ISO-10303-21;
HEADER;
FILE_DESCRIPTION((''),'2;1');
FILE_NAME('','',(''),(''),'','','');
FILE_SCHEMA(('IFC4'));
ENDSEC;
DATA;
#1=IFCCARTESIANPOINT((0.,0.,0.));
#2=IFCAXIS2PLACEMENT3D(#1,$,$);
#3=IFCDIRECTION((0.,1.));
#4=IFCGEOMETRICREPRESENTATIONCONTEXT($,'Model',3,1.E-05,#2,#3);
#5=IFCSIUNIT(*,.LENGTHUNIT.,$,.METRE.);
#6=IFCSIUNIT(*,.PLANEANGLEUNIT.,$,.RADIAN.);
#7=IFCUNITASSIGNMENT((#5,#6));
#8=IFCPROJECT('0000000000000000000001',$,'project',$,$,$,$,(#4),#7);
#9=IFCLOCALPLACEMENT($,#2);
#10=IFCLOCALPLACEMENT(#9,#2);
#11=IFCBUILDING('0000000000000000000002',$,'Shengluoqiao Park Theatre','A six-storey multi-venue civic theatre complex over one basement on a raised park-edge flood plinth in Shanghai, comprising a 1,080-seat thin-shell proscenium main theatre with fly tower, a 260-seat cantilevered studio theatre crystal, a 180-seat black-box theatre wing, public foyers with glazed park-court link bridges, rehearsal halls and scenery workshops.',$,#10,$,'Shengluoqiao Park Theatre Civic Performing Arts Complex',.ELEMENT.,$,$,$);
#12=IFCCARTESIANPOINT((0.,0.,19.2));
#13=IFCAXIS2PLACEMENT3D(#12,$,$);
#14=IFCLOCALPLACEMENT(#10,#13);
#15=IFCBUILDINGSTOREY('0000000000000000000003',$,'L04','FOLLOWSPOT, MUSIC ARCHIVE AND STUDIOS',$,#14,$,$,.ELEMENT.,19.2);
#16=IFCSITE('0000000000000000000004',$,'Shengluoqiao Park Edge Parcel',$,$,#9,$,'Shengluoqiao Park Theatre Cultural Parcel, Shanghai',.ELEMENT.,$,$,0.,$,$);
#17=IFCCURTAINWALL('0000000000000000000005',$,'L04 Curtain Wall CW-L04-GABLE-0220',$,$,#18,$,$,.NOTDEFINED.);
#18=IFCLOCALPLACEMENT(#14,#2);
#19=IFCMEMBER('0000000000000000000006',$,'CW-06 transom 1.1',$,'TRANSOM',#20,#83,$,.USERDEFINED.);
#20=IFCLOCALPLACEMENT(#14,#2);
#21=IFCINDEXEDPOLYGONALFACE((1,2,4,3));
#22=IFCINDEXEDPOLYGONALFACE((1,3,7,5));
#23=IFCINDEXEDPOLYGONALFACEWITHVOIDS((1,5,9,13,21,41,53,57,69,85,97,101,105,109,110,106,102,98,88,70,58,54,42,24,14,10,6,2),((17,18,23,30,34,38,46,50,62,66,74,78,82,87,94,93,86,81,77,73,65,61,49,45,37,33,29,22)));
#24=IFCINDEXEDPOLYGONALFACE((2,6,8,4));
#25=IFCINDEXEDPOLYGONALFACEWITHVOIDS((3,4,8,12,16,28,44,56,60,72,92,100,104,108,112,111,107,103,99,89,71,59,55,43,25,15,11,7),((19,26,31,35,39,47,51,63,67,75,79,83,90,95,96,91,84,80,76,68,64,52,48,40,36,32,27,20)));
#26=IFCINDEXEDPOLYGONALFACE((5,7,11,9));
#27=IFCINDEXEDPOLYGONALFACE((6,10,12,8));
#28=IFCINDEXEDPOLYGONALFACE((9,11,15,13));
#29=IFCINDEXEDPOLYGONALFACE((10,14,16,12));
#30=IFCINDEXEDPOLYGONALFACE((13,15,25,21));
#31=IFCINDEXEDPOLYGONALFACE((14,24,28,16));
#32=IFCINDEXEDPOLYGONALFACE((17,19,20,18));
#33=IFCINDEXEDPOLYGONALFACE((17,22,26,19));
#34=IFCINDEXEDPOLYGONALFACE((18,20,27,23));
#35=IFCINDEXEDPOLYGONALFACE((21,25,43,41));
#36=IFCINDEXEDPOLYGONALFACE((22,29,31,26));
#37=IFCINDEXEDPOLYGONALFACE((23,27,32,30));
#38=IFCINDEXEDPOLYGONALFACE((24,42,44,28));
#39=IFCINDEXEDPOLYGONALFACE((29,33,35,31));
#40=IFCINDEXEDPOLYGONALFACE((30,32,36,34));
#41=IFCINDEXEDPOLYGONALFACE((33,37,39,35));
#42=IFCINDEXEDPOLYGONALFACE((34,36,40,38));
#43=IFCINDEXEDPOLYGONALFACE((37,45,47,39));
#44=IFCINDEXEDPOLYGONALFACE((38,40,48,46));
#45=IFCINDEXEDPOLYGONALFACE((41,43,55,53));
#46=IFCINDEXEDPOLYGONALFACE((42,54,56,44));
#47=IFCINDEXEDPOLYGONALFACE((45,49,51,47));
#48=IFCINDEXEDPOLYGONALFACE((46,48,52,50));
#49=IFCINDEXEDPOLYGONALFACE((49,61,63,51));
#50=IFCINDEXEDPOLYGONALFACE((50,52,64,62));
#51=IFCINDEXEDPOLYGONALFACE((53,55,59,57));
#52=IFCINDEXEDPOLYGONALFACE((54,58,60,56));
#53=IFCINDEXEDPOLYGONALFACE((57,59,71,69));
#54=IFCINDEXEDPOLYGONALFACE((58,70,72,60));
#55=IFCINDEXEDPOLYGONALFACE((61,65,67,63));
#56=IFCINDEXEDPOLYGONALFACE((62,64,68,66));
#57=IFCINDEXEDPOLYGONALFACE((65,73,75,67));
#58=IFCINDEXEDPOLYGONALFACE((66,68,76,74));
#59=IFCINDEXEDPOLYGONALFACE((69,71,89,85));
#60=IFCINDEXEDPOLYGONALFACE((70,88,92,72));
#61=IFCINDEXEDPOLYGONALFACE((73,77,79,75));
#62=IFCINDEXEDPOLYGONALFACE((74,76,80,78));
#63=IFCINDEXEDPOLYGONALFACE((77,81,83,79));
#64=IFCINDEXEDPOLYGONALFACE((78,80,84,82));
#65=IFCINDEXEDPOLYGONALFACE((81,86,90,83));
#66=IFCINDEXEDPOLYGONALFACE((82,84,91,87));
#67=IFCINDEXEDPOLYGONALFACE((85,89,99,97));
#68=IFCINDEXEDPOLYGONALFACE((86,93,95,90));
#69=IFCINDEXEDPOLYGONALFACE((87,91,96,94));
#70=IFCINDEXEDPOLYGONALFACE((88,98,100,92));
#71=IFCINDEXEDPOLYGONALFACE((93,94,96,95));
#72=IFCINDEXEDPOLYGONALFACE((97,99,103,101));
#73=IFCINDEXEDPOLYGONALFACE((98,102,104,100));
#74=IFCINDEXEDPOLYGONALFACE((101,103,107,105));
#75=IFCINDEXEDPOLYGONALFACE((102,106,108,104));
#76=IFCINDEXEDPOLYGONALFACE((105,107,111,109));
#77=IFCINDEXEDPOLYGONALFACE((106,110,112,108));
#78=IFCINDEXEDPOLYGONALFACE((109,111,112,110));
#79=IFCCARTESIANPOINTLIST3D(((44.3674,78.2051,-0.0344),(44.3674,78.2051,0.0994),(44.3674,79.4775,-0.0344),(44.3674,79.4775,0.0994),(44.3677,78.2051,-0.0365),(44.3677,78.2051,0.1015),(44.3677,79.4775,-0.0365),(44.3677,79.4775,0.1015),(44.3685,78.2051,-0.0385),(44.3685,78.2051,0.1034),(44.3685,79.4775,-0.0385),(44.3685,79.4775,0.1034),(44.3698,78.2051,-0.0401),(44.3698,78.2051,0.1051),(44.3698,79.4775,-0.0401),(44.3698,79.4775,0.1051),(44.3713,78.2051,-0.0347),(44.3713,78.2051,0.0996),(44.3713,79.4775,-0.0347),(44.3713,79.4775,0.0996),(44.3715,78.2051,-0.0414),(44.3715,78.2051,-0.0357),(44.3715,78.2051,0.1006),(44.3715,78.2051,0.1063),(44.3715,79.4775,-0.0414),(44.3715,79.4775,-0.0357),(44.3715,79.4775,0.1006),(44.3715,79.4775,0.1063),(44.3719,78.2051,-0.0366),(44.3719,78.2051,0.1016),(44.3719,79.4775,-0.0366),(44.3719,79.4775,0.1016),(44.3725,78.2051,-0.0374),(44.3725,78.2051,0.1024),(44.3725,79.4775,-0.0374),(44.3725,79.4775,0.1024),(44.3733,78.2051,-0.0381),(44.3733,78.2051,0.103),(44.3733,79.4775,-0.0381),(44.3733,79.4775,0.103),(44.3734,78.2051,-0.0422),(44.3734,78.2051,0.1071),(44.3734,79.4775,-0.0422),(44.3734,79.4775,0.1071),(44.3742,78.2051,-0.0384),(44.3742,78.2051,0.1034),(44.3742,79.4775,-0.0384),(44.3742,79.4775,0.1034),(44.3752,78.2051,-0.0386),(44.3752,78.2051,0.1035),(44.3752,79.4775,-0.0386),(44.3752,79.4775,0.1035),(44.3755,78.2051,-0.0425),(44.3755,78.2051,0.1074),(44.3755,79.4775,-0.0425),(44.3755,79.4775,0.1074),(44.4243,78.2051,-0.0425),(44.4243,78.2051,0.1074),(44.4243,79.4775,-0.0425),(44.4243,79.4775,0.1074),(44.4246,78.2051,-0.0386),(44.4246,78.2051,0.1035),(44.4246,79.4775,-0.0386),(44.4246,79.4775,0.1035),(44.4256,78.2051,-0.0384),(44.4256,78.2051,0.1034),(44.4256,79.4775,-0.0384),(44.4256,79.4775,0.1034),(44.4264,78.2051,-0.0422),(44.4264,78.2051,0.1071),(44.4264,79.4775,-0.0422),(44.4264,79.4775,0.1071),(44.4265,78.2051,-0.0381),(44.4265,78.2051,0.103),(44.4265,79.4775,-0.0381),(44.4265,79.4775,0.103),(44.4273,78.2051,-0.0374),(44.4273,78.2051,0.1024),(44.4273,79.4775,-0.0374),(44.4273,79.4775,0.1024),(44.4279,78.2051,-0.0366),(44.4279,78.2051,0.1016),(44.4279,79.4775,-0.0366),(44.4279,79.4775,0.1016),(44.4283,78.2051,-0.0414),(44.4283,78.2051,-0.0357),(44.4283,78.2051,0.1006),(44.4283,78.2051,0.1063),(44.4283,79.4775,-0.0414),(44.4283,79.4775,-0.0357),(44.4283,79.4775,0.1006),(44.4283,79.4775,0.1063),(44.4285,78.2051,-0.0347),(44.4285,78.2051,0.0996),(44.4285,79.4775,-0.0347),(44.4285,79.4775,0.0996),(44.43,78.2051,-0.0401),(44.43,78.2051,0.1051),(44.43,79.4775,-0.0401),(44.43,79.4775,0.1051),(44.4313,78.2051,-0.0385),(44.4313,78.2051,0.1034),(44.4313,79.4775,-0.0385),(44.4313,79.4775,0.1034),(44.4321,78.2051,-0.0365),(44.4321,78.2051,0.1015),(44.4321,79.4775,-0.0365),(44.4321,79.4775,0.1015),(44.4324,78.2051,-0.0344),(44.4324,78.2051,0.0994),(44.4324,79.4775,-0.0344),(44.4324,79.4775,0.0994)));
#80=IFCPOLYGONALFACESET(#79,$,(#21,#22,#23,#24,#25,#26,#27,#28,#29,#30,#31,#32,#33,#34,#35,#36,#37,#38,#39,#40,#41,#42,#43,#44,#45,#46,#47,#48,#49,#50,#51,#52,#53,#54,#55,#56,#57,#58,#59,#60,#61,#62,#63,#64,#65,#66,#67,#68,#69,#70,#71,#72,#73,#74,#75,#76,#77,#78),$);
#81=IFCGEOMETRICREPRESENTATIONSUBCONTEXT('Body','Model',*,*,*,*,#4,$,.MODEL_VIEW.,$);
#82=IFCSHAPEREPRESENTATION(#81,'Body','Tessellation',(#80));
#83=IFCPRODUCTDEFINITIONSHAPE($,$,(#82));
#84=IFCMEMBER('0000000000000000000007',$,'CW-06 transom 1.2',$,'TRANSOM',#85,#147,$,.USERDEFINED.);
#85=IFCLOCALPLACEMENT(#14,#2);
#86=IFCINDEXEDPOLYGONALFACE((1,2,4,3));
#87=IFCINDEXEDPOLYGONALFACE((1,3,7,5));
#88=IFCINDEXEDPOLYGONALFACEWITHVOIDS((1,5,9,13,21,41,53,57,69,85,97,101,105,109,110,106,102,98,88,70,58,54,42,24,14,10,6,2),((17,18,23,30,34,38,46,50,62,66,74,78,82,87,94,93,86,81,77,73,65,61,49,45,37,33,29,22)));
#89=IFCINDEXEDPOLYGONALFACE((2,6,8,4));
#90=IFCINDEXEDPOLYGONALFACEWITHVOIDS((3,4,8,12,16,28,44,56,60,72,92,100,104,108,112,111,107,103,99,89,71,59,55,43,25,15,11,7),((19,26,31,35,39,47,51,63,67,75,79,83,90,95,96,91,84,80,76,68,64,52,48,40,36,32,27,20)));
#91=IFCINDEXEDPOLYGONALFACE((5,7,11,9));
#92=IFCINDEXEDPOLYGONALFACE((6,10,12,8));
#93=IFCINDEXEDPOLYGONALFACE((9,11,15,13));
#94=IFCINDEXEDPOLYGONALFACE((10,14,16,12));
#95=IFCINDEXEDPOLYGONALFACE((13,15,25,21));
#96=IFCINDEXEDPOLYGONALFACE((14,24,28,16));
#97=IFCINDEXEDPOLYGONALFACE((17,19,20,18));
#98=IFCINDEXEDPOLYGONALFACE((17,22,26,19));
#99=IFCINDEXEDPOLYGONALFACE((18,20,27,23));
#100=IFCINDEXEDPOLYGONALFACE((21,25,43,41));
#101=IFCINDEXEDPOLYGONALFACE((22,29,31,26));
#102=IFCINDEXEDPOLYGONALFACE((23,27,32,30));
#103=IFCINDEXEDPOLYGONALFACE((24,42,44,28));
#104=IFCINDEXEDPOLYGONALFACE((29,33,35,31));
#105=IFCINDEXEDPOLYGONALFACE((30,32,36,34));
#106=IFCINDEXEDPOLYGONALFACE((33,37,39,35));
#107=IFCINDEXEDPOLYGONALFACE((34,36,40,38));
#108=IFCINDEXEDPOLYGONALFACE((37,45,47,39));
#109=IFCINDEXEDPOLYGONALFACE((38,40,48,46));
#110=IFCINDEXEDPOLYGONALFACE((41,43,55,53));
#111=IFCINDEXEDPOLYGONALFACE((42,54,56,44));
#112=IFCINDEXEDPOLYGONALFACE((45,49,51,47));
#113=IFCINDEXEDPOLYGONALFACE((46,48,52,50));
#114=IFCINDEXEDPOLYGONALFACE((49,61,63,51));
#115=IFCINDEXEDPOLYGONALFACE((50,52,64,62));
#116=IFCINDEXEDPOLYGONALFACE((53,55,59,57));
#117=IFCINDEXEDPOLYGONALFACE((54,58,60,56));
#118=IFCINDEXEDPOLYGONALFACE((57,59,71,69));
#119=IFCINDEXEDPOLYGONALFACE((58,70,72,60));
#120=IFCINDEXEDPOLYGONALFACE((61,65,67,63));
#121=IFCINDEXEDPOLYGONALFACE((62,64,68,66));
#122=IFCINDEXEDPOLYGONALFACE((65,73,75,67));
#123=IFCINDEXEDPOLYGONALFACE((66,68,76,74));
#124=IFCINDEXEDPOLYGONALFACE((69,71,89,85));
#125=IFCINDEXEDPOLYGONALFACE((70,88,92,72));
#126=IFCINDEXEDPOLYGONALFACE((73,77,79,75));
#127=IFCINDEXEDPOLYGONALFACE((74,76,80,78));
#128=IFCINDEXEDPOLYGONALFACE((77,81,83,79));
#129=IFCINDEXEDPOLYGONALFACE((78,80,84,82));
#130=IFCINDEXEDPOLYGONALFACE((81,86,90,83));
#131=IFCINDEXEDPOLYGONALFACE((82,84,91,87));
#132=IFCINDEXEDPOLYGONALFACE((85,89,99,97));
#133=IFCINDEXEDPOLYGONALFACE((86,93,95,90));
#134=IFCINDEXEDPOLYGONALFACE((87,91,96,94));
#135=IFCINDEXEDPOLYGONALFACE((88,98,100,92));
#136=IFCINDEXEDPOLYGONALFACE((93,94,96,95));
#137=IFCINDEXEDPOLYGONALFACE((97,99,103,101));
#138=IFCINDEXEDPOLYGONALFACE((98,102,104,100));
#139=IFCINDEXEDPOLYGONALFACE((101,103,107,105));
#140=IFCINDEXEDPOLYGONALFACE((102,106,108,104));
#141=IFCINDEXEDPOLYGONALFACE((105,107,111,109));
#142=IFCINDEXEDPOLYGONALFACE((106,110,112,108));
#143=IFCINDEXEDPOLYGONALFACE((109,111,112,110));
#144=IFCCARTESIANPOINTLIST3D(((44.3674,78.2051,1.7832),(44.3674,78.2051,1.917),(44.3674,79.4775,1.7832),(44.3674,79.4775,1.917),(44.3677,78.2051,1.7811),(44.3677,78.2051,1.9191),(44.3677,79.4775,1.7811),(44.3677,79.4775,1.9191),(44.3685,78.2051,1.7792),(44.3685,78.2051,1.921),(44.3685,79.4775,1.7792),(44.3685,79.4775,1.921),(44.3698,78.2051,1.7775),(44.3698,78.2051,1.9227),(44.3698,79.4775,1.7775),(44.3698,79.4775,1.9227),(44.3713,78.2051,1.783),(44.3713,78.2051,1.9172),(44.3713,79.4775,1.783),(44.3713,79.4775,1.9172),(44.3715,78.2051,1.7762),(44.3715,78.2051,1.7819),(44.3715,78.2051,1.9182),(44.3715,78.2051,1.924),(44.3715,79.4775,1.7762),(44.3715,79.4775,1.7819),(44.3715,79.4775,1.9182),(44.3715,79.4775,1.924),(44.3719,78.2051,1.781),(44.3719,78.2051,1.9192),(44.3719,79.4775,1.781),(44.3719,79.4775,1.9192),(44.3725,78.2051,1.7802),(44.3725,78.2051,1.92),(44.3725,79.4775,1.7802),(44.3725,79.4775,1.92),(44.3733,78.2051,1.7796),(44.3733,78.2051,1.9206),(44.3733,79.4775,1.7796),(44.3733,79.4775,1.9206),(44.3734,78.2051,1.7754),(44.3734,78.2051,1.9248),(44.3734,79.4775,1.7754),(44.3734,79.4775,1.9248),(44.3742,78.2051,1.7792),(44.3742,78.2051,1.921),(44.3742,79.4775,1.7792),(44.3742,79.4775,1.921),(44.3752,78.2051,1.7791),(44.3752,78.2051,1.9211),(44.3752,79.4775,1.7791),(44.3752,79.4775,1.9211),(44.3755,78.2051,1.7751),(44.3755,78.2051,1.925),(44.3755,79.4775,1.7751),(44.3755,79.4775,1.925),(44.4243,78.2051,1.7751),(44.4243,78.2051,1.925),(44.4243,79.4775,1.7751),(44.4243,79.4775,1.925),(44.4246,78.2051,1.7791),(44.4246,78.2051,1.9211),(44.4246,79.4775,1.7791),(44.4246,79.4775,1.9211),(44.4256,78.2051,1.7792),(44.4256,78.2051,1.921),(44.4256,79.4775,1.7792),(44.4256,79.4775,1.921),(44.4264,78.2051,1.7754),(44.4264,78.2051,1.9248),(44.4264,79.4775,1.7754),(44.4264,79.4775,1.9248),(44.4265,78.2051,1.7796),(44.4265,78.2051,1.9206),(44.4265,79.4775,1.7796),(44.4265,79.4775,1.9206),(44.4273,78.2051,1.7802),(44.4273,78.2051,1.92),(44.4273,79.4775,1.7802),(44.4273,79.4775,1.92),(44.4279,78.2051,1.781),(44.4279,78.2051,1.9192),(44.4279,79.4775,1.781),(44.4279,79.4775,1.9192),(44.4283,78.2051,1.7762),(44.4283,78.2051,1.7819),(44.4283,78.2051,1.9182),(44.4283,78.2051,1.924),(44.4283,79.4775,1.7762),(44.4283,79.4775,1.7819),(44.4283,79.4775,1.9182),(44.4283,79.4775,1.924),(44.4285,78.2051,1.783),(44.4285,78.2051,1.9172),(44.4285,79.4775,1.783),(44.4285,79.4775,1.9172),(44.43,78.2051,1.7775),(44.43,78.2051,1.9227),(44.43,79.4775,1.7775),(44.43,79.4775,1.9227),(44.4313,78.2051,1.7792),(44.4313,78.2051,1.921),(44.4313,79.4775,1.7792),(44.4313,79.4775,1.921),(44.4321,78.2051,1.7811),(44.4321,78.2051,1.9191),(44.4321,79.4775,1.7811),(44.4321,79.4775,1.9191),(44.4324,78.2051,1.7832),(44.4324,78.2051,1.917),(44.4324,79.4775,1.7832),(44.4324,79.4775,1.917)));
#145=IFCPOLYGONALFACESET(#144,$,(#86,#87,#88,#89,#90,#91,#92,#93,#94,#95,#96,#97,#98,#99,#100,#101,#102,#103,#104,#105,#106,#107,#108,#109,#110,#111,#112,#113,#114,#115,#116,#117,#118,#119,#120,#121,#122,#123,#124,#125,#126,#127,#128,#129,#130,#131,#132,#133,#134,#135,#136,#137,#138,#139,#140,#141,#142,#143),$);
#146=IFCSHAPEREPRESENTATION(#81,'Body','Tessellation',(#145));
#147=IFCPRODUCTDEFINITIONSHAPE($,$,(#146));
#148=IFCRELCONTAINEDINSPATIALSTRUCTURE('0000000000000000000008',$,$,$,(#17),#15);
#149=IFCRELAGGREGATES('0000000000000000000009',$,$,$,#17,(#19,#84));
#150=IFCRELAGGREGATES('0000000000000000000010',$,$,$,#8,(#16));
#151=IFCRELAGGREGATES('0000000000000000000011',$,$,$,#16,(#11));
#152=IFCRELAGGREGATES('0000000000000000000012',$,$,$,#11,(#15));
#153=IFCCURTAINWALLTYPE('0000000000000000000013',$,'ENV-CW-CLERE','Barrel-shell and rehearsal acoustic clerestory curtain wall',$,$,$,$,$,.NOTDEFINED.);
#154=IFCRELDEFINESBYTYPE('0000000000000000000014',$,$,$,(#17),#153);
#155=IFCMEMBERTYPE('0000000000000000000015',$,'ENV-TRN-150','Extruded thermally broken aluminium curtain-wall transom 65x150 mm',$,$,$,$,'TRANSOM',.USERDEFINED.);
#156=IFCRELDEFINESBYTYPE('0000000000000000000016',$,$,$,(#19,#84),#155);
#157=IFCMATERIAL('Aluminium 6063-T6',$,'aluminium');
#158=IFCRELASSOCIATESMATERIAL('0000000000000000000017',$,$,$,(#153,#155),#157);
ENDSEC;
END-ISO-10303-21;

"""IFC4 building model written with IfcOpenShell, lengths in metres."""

from ifc_helpers import new_model, si_unit, direction, frame, origin, origin_2d, place, context, subcontext, project, spatial, hollow_rectangle, extrude, material, material_profile, profile_set, type_object, element, aggregate, save


model = new_model("IFC4")

# Units and contexts
model_context = context("Model", 3, precision=1e-05, world=origin(), true_north=direction((0.0, 1.0)))
body_context = subcontext(model_context, "Body", "Model", "MODEL_VIEW")
ifc_project = project(units=[si_unit("LENGTHUNIT", "METRE"), si_unit("PLANEANGLEUNIT", "RADIAN")], contexts=[model_context])

# Site, building, storey
site_placement = place(None, origin())
site = spatial("IfcSite", under=ifc_project, at=site_placement, Name="Shengluoqiao Park Edge Parcel", LongName="Shengluoqiao Park Theatre Cultural Parcel, Shanghai", CompositionType="ELEMENT", RefElevation=0.0)
building_placement = place(site_placement, origin())
building = spatial("IfcBuilding", under=site, at=building_placement, Name="Shengluoqiao Park Theatre", Description="A six-storey multi-venue civic theatre complex over one basement on a raised park-edge flood plinth in Shanghai, comprising a 1,080-seat thin-shell proscenium main theatre with fly tower, a 260-seat cantilevered studio theatre crystal, a 180-seat black-box theatre wing, public foyers with glazed park-court link bridges, rehearsal halls and scenery workshops.", LongName="Shengluoqiao Park Theatre Civic Performing Arts Complex", CompositionType="ELEMENT")
storey_placement = place(building_placement, frame((0.0, 0.0, 19.2)))
storey = spatial("IfcBuildingStorey", under=building, at=storey_placement, Name="L04", Description="FOLLOWSPOT, MUSIC ARCHIVE AND STUDIOS", CompositionType="ELEMENT", Elevation=19.2)

# Curtain wall, members
ifc_material_1 = material(Name="Aluminium 6063-T6", Category="aluminium")
curtain_wall_type = type_object("IfcCurtainWallType", Name="ENV-CW-CLERE", Description="Barrel-shell and rehearsal acoustic clerestory curtain wall", PredefinedType="NOTDEFINED", material=ifc_material_1)
curtain_wall_placement = place(storey_placement, origin())
curtain_wall = element("IfcCurtainWall", 1, at=curtain_wall_placement, inside=storey, type_object=curtain_wall_type, Name="L04 Curtain Wall CW-L04-GABLE-0220", PredefinedType="NOTDEFINED")
ifc_material_profile_1 = material_profile(ifc_material_1, hollow_rectangle(XDim=0.0649, YDim=0.1499, WallThickness=0.0039, InnerFilletRadius=0.0039, OuterFilletRadius=0.0081, at=origin_2d()), Name="ALU TRANSOM 150x65x4")
ifc_profile_set_1 = profile_set([ifc_material_profile_1], Name="Aluminium 6063-T6")
member_type_1 = type_object("IfcMemberType", Name="ENV-TRN-150", Description="Extruded thermally broken aluminium curtain-wall transom 65x150 mm", ElementType="TRANSOM", PredefinedType="USERDEFINED", material=ifc_profile_set_1)
member_1_placement = place(storey_placement, frame((44.3999, 78.2051, 0.0325), z_axis=(0.0, 1.0, 0.0), x_axis=(-1.0, 0.0, 0.0)))
member_1 = element("IfcMember", 2, at=member_1_placement, type_object=member_type_1, Name="CW-06 transom 1.1", ObjectType="TRANSOM", PredefinedType="USERDEFINED", context=body_context, shape_type="SweptSolid", body=[
    extrude(hollow_rectangle(XDim=0.0649, YDim=0.1499, WallThickness=0.0039, InnerFilletRadius=0.0039, OuterFilletRadius=0.0081, at=origin_2d()), origin(), (0.0, 0.0, 1.0), 1.2725),
])
member_2_placement = place(storey_placement, frame((44.3999, 78.2051, 1.8501), z_axis=(0.0, 1.0, 0.0), x_axis=(-1.0, 0.0, 0.0)))
member_2 = element("IfcMember", 3, at=member_2_placement, type_object=member_type_1, Name="CW-06 transom 1.2", ObjectType="TRANSOM", PredefinedType="USERDEFINED", context=body_context, shape_type="SweptSolid", body=[
    extrude(hollow_rectangle(XDim=0.0649, YDim=0.1499, WallThickness=0.0039, InnerFilletRadius=0.0039, OuterFilletRadius=0.0081, at=origin_2d()), origin(), (0.0, 0.0, 1.0), 1.2725),
])

aggregate(curtain_wall, [member_1, member_2])

save(model, "model.ifc")
